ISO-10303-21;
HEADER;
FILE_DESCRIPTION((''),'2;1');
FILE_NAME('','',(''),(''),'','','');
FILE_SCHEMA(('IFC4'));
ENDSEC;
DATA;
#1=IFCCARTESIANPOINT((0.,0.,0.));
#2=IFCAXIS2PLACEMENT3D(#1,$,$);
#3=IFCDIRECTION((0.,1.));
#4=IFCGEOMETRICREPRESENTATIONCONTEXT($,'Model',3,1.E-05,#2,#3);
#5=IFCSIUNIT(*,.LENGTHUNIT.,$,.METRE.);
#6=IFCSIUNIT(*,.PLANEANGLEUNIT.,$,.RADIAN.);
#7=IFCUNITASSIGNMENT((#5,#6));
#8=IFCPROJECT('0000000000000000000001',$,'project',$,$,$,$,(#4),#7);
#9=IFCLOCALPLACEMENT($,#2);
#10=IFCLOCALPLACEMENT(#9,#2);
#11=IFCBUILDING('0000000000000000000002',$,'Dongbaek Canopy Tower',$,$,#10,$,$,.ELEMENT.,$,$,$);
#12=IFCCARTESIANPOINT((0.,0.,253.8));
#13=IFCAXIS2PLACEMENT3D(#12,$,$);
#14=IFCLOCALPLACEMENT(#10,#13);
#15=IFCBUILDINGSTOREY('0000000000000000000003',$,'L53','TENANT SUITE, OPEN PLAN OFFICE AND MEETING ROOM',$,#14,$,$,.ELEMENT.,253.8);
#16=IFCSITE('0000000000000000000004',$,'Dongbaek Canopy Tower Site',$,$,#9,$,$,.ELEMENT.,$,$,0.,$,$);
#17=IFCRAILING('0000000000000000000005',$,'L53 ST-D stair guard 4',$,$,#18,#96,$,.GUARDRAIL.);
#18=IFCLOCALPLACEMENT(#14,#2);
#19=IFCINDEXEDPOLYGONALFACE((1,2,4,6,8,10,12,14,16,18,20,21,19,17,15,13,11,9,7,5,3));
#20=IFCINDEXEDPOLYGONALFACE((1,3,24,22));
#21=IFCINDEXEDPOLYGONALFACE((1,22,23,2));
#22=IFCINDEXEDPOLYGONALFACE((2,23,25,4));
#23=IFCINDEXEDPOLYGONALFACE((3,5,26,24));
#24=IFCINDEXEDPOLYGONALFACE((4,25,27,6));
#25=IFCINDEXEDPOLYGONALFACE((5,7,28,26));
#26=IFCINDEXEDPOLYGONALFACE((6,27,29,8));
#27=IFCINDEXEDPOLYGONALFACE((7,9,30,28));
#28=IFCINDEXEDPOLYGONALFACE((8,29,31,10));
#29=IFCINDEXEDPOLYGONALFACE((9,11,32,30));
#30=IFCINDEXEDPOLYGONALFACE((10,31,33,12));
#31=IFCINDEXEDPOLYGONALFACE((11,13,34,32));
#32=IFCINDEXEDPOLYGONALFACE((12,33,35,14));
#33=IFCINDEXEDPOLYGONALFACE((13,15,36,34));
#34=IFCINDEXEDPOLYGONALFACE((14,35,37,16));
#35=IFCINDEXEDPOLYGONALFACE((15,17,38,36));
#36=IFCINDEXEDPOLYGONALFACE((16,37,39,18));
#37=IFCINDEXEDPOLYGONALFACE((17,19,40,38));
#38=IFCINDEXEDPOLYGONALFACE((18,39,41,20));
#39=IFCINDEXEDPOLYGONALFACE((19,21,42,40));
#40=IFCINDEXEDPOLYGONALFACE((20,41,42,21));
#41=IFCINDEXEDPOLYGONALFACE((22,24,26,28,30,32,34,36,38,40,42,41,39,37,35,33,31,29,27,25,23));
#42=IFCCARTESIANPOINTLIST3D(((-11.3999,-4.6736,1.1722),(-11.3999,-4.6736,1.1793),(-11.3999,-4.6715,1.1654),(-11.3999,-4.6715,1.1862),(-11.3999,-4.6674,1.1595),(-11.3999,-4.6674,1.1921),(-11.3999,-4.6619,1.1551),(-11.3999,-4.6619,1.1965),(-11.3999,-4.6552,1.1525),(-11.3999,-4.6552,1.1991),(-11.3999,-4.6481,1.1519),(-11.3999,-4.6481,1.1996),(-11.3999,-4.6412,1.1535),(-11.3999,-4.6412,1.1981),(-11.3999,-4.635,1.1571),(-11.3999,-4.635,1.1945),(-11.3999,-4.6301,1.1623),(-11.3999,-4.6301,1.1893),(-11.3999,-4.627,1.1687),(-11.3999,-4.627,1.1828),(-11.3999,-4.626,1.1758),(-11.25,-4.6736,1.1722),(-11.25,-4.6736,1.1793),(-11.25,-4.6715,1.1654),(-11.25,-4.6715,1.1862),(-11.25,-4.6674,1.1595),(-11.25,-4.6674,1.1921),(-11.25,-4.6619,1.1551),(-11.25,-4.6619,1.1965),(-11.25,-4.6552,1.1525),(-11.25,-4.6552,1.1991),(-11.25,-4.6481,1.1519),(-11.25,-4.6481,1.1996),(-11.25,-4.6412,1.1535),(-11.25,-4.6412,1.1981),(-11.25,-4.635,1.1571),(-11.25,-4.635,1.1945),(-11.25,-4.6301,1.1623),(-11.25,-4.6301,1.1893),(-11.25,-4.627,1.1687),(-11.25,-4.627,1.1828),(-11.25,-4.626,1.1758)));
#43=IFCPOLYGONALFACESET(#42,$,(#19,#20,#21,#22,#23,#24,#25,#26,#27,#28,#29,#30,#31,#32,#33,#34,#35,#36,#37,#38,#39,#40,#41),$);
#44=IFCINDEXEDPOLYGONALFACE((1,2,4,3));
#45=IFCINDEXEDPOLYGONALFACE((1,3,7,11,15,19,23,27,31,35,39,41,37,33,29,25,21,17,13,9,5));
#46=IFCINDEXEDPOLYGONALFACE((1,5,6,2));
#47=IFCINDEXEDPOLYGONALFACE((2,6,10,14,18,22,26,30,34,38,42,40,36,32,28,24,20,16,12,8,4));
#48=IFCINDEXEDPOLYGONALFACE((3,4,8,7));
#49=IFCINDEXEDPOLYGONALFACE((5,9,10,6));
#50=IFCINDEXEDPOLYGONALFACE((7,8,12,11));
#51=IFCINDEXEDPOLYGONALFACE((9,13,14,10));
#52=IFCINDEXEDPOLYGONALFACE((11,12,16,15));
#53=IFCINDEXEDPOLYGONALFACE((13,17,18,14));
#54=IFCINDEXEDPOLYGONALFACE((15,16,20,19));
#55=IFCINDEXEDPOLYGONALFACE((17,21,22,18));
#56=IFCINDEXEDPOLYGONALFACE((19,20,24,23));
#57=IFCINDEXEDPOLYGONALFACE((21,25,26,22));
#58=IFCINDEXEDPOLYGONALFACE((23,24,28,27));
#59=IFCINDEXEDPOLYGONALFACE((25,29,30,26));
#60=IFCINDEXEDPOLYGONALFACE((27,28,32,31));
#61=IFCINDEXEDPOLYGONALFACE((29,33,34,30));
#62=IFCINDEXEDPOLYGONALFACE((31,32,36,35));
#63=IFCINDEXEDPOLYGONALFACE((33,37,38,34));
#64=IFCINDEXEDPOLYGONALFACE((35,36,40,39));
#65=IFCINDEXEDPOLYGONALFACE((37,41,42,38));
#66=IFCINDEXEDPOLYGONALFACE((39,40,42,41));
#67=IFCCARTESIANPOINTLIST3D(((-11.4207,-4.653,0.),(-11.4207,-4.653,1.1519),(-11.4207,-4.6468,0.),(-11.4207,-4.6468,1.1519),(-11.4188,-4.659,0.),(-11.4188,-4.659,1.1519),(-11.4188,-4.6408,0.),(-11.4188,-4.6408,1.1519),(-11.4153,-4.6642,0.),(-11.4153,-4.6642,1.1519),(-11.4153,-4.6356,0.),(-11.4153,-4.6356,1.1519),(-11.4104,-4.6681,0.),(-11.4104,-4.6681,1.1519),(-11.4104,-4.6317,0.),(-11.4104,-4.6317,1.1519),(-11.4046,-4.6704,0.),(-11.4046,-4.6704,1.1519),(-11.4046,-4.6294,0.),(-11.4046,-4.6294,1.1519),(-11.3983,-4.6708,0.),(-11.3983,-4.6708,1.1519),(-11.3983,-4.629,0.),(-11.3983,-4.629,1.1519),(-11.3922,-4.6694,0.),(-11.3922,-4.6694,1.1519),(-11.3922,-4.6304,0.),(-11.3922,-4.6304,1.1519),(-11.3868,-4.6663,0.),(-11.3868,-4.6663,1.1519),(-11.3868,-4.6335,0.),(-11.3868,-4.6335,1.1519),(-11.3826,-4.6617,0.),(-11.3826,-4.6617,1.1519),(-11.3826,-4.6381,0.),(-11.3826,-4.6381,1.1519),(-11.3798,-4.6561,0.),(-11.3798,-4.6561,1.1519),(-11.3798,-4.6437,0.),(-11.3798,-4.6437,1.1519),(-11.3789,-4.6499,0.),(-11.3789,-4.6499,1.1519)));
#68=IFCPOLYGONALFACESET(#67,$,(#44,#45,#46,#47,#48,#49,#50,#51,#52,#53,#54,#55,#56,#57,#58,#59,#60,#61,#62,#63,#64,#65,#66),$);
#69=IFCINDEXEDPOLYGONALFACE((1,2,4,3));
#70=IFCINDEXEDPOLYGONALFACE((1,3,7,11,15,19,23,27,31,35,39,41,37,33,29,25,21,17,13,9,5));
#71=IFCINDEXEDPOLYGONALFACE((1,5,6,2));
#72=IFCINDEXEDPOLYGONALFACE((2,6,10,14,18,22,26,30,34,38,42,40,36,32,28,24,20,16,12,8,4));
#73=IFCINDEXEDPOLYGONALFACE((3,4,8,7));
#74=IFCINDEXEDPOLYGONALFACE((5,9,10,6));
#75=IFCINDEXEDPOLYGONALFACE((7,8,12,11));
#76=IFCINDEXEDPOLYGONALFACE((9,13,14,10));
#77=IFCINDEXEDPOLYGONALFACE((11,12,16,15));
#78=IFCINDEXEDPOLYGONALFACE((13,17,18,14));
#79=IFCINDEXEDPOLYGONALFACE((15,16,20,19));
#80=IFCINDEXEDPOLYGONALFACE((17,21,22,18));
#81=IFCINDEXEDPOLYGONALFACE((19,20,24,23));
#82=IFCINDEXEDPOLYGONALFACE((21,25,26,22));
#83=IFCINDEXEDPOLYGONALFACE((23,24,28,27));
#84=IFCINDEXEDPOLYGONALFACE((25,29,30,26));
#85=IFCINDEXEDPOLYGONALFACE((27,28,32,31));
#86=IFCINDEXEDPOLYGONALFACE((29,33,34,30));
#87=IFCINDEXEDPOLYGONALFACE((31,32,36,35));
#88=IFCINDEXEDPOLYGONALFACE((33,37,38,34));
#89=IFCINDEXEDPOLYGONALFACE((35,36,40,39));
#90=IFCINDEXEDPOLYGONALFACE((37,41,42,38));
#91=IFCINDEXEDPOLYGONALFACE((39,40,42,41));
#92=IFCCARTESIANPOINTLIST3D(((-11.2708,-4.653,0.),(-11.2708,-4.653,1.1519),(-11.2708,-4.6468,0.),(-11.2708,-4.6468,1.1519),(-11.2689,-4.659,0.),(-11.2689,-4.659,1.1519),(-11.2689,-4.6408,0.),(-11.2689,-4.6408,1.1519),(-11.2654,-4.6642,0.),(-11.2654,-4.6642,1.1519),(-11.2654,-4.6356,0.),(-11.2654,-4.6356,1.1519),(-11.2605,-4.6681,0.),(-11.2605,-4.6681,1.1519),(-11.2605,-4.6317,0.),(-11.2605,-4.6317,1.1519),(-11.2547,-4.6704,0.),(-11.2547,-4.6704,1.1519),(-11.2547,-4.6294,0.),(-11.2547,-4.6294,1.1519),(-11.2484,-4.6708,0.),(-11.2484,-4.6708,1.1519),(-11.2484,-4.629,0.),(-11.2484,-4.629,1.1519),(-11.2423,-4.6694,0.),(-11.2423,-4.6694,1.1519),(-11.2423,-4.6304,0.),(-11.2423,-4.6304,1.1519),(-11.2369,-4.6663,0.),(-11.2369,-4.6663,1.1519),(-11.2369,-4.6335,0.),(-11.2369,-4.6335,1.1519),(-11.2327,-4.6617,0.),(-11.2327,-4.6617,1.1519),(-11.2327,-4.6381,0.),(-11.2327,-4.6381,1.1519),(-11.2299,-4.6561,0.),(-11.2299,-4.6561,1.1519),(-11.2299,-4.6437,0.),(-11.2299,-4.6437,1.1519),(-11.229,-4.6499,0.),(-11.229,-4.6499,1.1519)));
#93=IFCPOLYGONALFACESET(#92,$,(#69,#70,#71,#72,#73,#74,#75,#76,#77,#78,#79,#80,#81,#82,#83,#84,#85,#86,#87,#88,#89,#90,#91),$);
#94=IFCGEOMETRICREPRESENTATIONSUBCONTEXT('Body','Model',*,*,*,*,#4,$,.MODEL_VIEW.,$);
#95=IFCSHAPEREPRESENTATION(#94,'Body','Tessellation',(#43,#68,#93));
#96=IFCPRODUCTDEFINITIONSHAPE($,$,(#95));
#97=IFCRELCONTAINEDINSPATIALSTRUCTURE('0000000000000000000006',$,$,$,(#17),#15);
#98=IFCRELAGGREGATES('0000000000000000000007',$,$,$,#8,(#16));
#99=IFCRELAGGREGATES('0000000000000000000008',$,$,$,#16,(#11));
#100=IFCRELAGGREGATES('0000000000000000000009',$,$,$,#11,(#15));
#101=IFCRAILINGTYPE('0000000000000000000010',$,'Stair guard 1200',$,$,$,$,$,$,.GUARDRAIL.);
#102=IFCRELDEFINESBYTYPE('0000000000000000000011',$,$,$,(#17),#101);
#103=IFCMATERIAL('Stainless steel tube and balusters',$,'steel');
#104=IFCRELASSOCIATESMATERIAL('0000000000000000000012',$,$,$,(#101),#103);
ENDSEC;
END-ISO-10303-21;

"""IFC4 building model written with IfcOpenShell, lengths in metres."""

from ifc_helpers import new_model, si_unit, direction, frame, origin, origin_2d, place, context, subcontext, project, spatial, circle, extrude, material, type_object, element, save


model = new_model("IFC4")

# Units and contexts
model_context = context("Model", 3, precision=1e-05, world=origin(), true_north=direction((0.0, 1.0)))
body_context = subcontext(model_context, "Body", "Model", "MODEL_VIEW")
ifc_project = project(units=[si_unit("LENGTHUNIT", "METRE"), si_unit("PLANEANGLEUNIT", "RADIAN")], contexts=[model_context])

# Site, building, storey
site_placement = place(None, origin())
site = spatial("IfcSite", under=ifc_project, at=site_placement, Name="Dongbaek Canopy Tower Site", CompositionType="ELEMENT", RefElevation=0.0)
building_placement = place(site_placement, origin())
building = spatial("IfcBuilding", under=site, at=building_placement, Name="Dongbaek Canopy Tower", CompositionType="ELEMENT")
storey_placement = place(building_placement, frame((0.0, 0.0, 253.8)))
storey = spatial("IfcBuildingStorey", under=building, at=storey_placement, Name="L53", Description="TENANT SUITE, OPEN PLAN OFFICE AND MEETING ROOM", CompositionType="ELEMENT", Elevation=253.8)

# Railing
ifc_material_1 = material(Name="Stainless steel tube and balusters", Category="steel")
railing_type_1 = type_object("IfcRailingType", Name="Stair guard 1200", PredefinedType="GUARDRAIL", material=ifc_material_1)
railing_1_placement = place(storey_placement, frame((-11.3999, -4.6499, 0.0)))
element("IfcRailing", 1, at=railing_1_placement, inside=storey, type_object=railing_type_1, Name="L53 ST-D stair guard 4", PredefinedType="GUARDRAIL", context=body_context, shape_type="SweptSolid", body=[
    extrude(circle(Radius=0.0239, at=origin_2d()), frame((0.0, 0.0, 1.1758), z_axis=(1.0, 0.0, 0.0), x_axis=(0.0, 1.0, 0.0)), (0.0, 0.0, 1.0), 0.1499),
    extrude(circle(Radius=0.021, at=origin_2d()), origin(), (0.0, 0.0, 1.0), 1.1519),
    extrude(circle(Radius=0.021, at=origin_2d()), frame((0.1499, 0.0, 0.0)), (0.0, 0.0, 1.0), 1.1519),
])

save(model, "model.ifc")
